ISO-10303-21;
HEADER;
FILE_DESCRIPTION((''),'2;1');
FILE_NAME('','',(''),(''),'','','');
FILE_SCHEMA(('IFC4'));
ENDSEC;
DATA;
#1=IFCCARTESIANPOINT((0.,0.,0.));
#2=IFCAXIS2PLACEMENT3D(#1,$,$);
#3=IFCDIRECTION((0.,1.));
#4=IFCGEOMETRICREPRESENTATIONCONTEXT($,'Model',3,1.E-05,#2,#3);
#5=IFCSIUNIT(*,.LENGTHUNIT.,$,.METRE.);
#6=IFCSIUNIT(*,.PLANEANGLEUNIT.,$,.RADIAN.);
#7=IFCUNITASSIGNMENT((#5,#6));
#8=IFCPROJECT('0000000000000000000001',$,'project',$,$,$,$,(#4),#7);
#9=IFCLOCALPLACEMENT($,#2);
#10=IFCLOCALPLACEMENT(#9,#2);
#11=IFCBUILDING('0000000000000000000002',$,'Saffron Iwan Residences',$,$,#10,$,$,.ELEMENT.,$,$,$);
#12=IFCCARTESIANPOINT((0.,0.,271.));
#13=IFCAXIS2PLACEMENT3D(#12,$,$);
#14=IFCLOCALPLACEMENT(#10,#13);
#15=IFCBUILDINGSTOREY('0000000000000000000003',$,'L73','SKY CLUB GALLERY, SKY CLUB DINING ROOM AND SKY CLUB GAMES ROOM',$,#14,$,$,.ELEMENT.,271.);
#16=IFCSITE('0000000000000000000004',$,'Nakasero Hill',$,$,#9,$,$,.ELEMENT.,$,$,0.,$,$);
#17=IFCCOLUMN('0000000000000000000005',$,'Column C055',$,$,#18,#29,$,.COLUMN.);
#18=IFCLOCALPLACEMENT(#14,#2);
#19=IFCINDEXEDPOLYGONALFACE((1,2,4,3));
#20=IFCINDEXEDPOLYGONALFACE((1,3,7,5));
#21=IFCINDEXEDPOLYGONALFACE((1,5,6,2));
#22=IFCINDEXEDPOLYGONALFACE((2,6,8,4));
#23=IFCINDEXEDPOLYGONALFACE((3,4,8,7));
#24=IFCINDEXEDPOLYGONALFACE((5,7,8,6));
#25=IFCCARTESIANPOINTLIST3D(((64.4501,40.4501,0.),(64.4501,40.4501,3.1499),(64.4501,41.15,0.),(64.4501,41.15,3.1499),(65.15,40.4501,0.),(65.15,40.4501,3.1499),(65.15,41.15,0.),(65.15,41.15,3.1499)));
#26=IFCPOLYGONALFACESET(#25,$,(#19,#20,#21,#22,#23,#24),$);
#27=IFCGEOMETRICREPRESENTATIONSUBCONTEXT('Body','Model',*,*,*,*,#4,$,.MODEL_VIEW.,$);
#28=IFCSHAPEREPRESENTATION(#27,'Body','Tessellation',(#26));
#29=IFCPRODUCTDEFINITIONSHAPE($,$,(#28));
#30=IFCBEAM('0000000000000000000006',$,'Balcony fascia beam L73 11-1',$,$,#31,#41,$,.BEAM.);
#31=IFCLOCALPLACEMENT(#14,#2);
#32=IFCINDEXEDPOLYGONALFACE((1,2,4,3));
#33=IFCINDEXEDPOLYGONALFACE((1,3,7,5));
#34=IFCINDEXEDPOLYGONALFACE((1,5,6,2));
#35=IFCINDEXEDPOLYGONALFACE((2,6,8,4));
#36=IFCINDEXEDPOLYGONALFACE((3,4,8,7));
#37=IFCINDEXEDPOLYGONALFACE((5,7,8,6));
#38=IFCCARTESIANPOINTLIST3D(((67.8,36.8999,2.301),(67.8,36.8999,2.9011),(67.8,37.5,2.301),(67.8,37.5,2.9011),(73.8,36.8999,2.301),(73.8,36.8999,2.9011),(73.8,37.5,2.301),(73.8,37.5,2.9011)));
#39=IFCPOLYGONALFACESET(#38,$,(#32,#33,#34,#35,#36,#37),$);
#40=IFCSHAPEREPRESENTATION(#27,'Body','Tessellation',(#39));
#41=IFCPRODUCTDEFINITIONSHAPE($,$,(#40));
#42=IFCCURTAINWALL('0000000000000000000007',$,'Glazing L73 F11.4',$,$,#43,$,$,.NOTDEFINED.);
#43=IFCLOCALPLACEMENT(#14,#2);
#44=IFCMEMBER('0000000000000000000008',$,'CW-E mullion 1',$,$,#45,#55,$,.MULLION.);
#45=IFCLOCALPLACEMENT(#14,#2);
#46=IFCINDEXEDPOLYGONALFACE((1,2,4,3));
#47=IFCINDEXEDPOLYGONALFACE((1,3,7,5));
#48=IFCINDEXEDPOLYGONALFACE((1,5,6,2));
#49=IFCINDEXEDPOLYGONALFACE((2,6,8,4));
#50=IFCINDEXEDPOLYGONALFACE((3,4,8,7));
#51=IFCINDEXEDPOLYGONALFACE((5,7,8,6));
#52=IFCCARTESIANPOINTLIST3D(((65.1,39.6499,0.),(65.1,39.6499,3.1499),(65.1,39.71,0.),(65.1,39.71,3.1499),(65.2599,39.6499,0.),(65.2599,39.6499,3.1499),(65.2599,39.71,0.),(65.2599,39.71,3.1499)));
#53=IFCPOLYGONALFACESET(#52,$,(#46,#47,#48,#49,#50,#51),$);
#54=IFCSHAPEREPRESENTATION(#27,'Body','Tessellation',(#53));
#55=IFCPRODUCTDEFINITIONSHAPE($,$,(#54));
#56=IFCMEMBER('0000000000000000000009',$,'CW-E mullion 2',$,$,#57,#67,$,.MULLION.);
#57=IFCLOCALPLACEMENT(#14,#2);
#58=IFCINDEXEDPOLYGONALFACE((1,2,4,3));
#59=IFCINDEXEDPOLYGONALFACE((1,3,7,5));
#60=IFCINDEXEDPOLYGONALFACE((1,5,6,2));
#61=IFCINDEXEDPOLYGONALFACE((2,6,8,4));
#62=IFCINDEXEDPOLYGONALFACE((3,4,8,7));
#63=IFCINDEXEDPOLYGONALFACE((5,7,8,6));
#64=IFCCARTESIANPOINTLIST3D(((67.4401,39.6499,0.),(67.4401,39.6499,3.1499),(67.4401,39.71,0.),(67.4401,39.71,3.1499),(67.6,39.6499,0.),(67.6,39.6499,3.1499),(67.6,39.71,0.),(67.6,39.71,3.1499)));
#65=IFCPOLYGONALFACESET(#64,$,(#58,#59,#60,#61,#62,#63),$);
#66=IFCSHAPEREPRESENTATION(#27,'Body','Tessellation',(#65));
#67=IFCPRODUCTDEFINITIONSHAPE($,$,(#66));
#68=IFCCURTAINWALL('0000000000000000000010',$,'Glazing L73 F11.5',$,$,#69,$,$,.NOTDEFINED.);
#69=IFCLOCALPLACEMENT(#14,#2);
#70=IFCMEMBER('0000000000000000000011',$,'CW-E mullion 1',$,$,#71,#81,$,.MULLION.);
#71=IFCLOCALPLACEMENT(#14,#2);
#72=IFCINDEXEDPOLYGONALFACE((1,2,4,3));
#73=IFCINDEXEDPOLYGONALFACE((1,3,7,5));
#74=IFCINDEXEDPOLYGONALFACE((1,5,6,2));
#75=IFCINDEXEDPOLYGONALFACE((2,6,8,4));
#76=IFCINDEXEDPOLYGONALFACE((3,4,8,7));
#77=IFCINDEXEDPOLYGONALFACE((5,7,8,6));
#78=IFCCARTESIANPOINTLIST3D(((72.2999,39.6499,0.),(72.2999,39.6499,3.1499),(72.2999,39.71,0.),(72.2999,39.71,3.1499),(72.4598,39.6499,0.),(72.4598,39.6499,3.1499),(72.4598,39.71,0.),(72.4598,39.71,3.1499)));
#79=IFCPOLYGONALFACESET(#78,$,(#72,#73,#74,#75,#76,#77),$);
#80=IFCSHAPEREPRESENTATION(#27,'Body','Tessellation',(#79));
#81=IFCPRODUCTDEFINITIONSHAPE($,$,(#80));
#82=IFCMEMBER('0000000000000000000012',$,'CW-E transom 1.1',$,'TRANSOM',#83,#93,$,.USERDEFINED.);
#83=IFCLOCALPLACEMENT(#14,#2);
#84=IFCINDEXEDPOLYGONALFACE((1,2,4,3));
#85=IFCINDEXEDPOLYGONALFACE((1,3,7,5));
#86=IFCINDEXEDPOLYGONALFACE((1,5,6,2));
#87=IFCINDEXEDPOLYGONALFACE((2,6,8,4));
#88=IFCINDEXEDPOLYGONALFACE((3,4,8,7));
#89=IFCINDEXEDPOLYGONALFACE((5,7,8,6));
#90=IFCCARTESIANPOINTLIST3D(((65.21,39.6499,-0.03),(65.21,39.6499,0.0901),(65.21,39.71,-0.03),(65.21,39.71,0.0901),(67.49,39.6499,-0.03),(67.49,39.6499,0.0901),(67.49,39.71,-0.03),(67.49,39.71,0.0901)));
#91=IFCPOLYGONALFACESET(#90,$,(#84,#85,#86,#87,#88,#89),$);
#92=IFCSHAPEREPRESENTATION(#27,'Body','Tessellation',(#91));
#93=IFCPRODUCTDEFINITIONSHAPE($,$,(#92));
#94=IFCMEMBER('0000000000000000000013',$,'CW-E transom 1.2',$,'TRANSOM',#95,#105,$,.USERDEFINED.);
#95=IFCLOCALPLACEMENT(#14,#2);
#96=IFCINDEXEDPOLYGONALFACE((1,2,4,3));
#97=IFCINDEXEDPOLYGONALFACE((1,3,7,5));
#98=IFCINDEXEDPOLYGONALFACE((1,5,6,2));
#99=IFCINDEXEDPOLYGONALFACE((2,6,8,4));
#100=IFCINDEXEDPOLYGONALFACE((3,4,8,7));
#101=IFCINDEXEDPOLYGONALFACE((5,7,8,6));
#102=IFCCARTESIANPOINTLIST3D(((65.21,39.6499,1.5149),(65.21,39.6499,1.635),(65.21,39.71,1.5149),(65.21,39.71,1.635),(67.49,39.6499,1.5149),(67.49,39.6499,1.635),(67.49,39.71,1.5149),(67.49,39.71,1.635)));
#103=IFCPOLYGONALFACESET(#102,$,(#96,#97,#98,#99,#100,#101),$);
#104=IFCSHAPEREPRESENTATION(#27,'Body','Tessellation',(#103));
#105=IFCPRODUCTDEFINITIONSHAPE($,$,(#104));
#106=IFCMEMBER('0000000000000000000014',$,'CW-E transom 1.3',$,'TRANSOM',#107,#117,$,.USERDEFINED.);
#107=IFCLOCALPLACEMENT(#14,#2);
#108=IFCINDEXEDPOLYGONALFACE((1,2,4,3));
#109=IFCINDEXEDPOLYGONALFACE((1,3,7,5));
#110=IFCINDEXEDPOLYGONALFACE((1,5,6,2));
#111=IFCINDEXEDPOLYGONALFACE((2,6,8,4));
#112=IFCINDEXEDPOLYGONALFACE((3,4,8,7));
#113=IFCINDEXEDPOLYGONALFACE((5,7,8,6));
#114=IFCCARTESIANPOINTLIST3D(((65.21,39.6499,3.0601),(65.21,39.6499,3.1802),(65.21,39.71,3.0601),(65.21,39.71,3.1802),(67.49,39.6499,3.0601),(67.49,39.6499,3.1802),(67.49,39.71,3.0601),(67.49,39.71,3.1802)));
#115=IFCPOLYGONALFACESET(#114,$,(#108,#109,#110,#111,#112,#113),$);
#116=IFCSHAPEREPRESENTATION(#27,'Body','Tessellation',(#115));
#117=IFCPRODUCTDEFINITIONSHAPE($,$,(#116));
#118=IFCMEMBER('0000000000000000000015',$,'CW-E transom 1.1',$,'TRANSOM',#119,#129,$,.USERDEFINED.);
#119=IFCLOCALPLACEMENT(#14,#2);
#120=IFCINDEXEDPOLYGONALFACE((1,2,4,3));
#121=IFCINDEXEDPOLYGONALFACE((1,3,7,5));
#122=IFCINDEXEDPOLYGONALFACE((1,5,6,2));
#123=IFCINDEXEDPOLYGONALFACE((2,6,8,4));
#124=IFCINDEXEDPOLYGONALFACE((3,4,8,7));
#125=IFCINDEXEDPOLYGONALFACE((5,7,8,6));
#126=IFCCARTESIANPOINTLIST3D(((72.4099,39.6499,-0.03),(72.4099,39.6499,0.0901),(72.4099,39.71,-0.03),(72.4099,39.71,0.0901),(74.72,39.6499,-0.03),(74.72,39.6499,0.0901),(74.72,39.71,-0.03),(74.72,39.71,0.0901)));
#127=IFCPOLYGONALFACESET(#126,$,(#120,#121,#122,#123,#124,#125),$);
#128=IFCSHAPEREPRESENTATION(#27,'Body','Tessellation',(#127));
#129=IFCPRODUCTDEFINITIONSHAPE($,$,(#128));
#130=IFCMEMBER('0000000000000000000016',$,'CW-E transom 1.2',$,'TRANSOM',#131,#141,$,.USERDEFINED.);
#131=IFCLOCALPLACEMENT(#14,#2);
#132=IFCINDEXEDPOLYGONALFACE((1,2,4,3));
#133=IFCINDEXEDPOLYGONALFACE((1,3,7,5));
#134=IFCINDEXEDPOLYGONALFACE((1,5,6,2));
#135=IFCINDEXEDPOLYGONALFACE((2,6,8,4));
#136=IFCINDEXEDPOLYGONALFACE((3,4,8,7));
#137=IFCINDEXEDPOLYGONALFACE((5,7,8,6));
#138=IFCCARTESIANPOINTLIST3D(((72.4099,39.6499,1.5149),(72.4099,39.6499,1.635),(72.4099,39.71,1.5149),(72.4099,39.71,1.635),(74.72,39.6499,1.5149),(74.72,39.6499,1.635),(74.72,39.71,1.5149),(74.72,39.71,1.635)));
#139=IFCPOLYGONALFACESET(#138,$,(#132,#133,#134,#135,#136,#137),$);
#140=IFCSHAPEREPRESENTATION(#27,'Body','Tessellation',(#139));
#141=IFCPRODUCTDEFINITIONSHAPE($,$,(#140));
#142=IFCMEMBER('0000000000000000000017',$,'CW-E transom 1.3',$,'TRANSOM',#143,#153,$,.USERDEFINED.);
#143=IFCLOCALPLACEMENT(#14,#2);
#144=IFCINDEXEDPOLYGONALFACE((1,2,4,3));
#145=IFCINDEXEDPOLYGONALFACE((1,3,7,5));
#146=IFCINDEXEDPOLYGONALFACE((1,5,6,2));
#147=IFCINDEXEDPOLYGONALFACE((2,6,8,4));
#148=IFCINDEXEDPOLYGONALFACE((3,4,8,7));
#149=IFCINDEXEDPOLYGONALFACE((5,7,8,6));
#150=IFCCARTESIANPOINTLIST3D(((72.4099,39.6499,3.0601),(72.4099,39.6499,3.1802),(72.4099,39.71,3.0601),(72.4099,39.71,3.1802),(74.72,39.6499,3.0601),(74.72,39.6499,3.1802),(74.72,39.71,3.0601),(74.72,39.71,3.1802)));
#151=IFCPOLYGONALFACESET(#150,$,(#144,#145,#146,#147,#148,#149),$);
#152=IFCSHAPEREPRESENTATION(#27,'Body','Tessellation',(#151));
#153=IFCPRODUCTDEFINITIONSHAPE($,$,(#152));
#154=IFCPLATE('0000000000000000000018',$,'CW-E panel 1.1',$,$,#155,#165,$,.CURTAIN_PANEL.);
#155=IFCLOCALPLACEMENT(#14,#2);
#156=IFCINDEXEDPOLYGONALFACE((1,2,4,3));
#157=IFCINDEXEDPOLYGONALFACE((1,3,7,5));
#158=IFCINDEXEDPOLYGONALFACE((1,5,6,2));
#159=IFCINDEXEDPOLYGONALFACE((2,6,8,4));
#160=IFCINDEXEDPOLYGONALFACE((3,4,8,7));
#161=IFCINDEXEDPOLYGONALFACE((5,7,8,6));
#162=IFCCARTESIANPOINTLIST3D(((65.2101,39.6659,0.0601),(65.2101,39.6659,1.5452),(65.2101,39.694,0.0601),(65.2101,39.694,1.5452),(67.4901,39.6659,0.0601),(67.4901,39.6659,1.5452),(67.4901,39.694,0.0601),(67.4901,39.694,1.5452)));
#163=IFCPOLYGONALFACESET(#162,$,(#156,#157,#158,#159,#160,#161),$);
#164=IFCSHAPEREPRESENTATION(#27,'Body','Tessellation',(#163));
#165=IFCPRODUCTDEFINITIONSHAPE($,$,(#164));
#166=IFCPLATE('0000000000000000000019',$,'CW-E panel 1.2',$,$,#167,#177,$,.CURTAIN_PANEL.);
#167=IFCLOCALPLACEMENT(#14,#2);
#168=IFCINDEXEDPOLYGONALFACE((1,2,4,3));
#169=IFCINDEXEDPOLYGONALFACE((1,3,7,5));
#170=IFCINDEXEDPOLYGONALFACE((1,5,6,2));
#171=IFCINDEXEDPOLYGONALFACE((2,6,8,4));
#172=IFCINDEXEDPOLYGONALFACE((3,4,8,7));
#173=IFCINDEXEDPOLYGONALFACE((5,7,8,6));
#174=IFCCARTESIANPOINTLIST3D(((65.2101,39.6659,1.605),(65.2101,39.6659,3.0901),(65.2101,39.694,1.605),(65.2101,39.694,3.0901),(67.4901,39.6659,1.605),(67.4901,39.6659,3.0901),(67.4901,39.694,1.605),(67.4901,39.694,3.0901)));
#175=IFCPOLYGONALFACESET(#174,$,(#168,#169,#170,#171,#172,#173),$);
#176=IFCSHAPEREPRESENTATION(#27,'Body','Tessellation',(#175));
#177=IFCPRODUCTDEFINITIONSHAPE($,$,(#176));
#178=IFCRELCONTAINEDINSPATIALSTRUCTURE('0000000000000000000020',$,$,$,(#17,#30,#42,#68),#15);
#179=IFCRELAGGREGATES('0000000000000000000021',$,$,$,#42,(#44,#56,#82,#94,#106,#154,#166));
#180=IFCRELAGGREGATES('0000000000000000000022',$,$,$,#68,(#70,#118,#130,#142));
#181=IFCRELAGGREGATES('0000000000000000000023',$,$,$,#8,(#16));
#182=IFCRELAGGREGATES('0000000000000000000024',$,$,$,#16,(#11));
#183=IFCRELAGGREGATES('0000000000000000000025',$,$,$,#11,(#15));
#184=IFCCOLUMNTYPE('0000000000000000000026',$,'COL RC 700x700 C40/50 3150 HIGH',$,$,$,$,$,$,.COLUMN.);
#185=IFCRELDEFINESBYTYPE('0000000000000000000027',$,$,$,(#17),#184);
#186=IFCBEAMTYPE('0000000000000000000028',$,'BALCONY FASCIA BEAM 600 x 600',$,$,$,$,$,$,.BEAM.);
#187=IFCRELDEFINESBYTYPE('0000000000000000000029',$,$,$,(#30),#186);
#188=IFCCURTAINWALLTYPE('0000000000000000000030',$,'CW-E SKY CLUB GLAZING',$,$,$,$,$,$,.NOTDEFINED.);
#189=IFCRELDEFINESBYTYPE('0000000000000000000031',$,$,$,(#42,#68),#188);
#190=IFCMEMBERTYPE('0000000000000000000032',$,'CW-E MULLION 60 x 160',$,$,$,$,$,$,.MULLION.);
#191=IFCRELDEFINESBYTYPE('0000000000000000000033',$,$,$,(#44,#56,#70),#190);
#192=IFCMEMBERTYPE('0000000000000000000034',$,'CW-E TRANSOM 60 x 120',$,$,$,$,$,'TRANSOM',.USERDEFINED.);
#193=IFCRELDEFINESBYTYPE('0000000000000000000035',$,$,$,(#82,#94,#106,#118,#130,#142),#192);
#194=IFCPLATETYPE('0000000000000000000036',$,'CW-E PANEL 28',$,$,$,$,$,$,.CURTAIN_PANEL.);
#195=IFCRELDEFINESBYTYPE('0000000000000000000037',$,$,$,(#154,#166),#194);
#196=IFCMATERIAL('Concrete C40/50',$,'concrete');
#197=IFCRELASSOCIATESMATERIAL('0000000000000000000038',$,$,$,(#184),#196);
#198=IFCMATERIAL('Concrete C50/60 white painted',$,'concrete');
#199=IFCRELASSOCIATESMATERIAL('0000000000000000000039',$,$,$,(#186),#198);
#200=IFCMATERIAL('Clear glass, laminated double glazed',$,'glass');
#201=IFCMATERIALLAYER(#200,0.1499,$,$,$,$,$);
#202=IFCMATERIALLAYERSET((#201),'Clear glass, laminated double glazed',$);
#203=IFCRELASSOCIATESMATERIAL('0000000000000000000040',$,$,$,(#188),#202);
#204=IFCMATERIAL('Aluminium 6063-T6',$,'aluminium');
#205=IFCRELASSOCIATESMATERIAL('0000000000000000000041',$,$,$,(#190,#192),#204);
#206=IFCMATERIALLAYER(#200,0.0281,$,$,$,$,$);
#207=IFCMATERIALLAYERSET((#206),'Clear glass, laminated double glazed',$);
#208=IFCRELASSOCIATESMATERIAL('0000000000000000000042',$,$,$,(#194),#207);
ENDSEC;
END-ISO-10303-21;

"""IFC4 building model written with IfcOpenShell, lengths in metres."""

from ifc_helpers import new_model, si_unit, direction, frame, origin, origin_2d, place, context, subcontext, project, spatial, rectangle, extrude, source, transform, mapped, material, layer, layer_set, material_profile, profile_set, type_object, element, aggregate, save


model = new_model("IFC4")

# Units and contexts
model_context = context("Model", 3, precision=1e-05, world=origin(), true_north=direction((0.0, 1.0)))
body_context = subcontext(model_context, "Body", "Model", "MODEL_VIEW")
ifc_project = project(units=[si_unit("LENGTHUNIT", "METRE"), si_unit("PLANEANGLEUNIT", "RADIAN")], contexts=[model_context])

# Site, building, storey
site_placement = place(None, origin())
site = spatial("IfcSite", under=ifc_project, at=site_placement, Name="Nakasero Hill", CompositionType="ELEMENT", RefElevation=0.0)
building_placement = place(site_placement, origin())
building = spatial("IfcBuilding", under=site, at=building_placement, Name="Saffron Iwan Residences", CompositionType="ELEMENT")
storey_placement = place(building_placement, frame((0.0, 0.0, 271.0)))
storey = spatial("IfcBuildingStorey", under=building, at=storey_placement, Name="L73", Description="SKY CLUB GALLERY, SKY CLUB DINING ROOM AND SKY CLUB GAMES ROOM", CompositionType="ELEMENT", Elevation=271.0)

# Column
ifc_material_1 = material(Name="Concrete C40/50", Category="concrete")
ifc_material_profile_1 = material_profile(ifc_material_1, rectangle(XDim=0.7, YDim=0.7, at=origin_2d()), Name="RC 700x700")
ifc_profile_set_1 = profile_set([ifc_material_profile_1], Name="Concrete C40/50")
column_type = type_object("IfcColumnType", Name="COL RC 700x700 C40/50 3150 HIGH", PredefinedType="COLUMN", material=ifc_profile_set_1)
shared_shape_1 = source(origin(), body_context, "Body", "SweptSolid", [
    extrude(rectangle(XDim=0.7, YDim=0.7, at=origin_2d()), origin(), (0.0, 0.0, 1.0), 3.1499),
])
column_placement = place(storey_placement, frame((64.8, 40.8, 0.0), z_axis=(0.0, 0.0, 1.0), x_axis=(1.0, 0.0, 0.0)))
element("IfcColumn", 1, at=column_placement, inside=storey, type_object=column_type, Name="Column C055", PredefinedType="COLUMN", context=body_context, shape_type="MappedRepresentation", body=[
    mapped(shared_shape_1, transform((0.0, 0.0, 0.0))),
])

# Beam
ifc_material_2 = material(Name="Concrete C50/60 white painted", Category="concrete")
ifc_material_profile_2 = material_profile(ifc_material_2, rectangle(XDim=0.6001, YDim=0.6001, at=origin_2d()), Name="BALCONY FASCIA BEAM 600 x 600")
ifc_profile_set_2 = profile_set([ifc_material_profile_2], Name="Concrete C50/60 white painted")
beam_type = type_object("IfcBeamType", Name="BALCONY FASCIA BEAM 600 x 600", PredefinedType="BEAM", material=ifc_profile_set_2)
shared_shape_2 = source(origin(), body_context, "Body", "SweptSolid", [
    extrude(rectangle(XDim=0.6001, YDim=0.6001, at=origin_2d()), origin(), (0.0, 0.0, 1.0), 6.0),
])
beam_placement = place(storey_placement, frame((67.8, 37.2, 2.6011), z_axis=(1.0, 0.0, 0.0), x_axis=(0.0, 1.0, 0.0)))
element("IfcBeam", 2, at=beam_placement, inside=storey, type_object=beam_type, Name="Balcony fascia beam L73 11-1", PredefinedType="BEAM", context=body_context, shape_type="MappedRepresentation", body=[
    mapped(shared_shape_2, transform((0.0, 0.0, 0.0))),
])

# Curtain wall, members
ifc_material_3 = material(Name="Clear glass, laminated double glazed", Category="glass")
ifc_layer_1 = layer(ifc_material_3, 0.1499)
ifc_layer_set_1 = layer_set([ifc_layer_1], Name="Clear glass, laminated double glazed")
curtain_wall_type = type_object("IfcCurtainWallType", Name="CW-E SKY CLUB GLAZING", PredefinedType="NOTDEFINED", material=ifc_layer_set_1)
curtain_wall_1_placement = place(storey_placement, origin())
curtain_wall_1 = element("IfcCurtainWall", 3, at=curtain_wall_1_placement, inside=storey, type_object=curtain_wall_type, Name="Glazing L73 F11.4", PredefinedType="NOTDEFINED")
ifc_material_4 = material(Name="Aluminium 6063-T6", Category="aluminium")
ifc_material_profile_3 = material_profile(ifc_material_4, rectangle(XDim=0.0601, YDim=0.1599, at=origin_2d()), Name="CW-E MULLION 60 x 160")
ifc_profile_set_3 = profile_set([ifc_material_profile_3], Name="Aluminium 6063-T6")
member_type_1 = type_object("IfcMemberType", Name="CW-E MULLION 60 x 160", PredefinedType="MULLION", material=ifc_profile_set_3)
shared_shape_3 = source(origin(), body_context, "Body", "SweptSolid", [
    extrude(rectangle(XDim=0.0601, YDim=0.1599, at=origin_2d()), origin(), (0.0, 0.0, 1.0), 3.1499),
])
member_1_placement = place(storey_placement, frame((65.1799, 39.6799, 0.0), z_axis=(0.0, 0.0, 1.0), x_axis=(0.0, 1.0, 0.0)))
member_1 = element("IfcMember", 4, at=member_1_placement, type_object=member_type_1, Name="CW-E mullion 1", PredefinedType="MULLION", context=body_context, shape_type="MappedRepresentation", body=[
    mapped(shared_shape_3, transform((0.0, 0.0, 0.0))),
])
member_2_placement = place(storey_placement, frame((67.52, 39.6799, 0.0), z_axis=(0.0, 0.0, 1.0), x_axis=(0.0, 1.0, 0.0)))
member_2 = element("IfcMember", 5, at=member_2_placement, type_object=member_type_1, Name="CW-E mullion 2", PredefinedType="MULLION", context=body_context, shape_type="MappedRepresentation", body=[
    mapped(shared_shape_3, transform((0.0, 0.0, 0.0))),
])

# Curtain wall, member
curtain_wall_2_placement = place(storey_placement, origin())
curtain_wall_2 = element("IfcCurtainWall", 6, at=curtain_wall_2_placement, inside=storey, type_object=curtain_wall_type, Name="Glazing L73 F11.5", PredefinedType="NOTDEFINED")
member_3_placement = place(storey_placement, frame((72.3799, 39.6799, 0.0), z_axis=(0.0, 0.0, 1.0), x_axis=(0.0, 1.0, 0.0)))
member_3 = element("IfcMember", 7, at=member_3_placement, type_object=member_type_1, Name="CW-E mullion 1", PredefinedType="MULLION", context=body_context, shape_type="MappedRepresentation", body=[
    mapped(shared_shape_3, transform((0.0, 0.0, 0.0))),
])

# Members
ifc_material_profile_4 = material_profile(ifc_material_4, rectangle(XDim=0.0601, YDim=0.1201, at=origin_2d()), Name="CW-E TRANSOM 60 x 120")
ifc_profile_set_4 = profile_set([ifc_material_profile_4], Name="Aluminium 6063-T6")
member_type_2 = type_object("IfcMemberType", Name="CW-E TRANSOM 60 x 120", ElementType="TRANSOM", PredefinedType="USERDEFINED", material=ifc_profile_set_4)
shared_shape_4 = source(origin(), body_context, "Body", "SweptSolid", [
    extrude(rectangle(XDim=0.0601, YDim=0.1201, at=origin_2d()), origin(), (0.0, 0.0, 1.0), 2.28),
])
member_4_placement = place(storey_placement, frame((65.21, 39.6799, 0.03), z_axis=(1.0, 0.0, 0.0), x_axis=(0.0, 1.0, 0.0)))
member_4 = element("IfcMember", 8, at=member_4_placement, type_object=member_type_2, Name="CW-E transom 1.1", ObjectType="TRANSOM", PredefinedType="USERDEFINED", context=body_context, shape_type="MappedRepresentation", body=[
    mapped(shared_shape_4, transform((0.0, 0.0, 0.0))),
])
member_5_placement = place(storey_placement, frame((65.21, 39.6799, 1.575), z_axis=(1.0, 0.0, 0.0), x_axis=(0.0, 1.0, 0.0)))
member_5 = element("IfcMember", 9, at=member_5_placement, type_object=member_type_2, Name="CW-E transom 1.2", ObjectType="TRANSOM", PredefinedType="USERDEFINED", context=body_context, shape_type="MappedRepresentation", body=[
    mapped(shared_shape_4, transform((0.0, 0.0, 0.0))),
])
member_6_placement = place(storey_placement, frame((65.21, 39.6799, 3.1201), z_axis=(1.0, 0.0, 0.0), x_axis=(0.0, 1.0, 0.0)))
member_6 = element("IfcMember", 10, at=member_6_placement, type_object=member_type_2, Name="CW-E transom 1.3", ObjectType="TRANSOM", PredefinedType="USERDEFINED", context=body_context, shape_type="MappedRepresentation", body=[
    mapped(shared_shape_4, transform((0.0, 0.0, 0.0))),
])
shared_shape_5 = source(origin(), body_context, "Body", "SweptSolid", [
    extrude(rectangle(XDim=0.0601, YDim=0.1201, at=origin_2d()), origin(), (0.0, 0.0, 1.0), 2.3101),
])
member_7_placement = place(storey_placement, frame((72.4099, 39.6799, 0.03), z_axis=(1.0, 0.0, 0.0), x_axis=(0.0, 1.0, 0.0)))
member_7 = element("IfcMember", 11, at=member_7_placement, type_object=member_type_2, Name="CW-E transom 1.1", ObjectType="TRANSOM", PredefinedType="USERDEFINED", context=body_context, shape_type="MappedRepresentation", body=[
    mapped(shared_shape_5, transform((0.0, 0.0, 0.0))),
])
member_8_placement = place(storey_placement, frame((72.4099, 39.6799, 1.575), z_axis=(1.0, 0.0, 0.0), x_axis=(0.0, 1.0, 0.0)))
member_8 = element("IfcMember", 12, at=member_8_placement, type_object=member_type_2, Name="CW-E transom 1.2", ObjectType="TRANSOM", PredefinedType="USERDEFINED", context=body_context, shape_type="MappedRepresentation", body=[
    mapped(shared_shape_5, transform((0.0, 0.0, 0.0))),
])
member_9_placement = place(storey_placement, frame((72.4099, 39.6799, 3.1201), z_axis=(1.0, 0.0, 0.0), x_axis=(0.0, 1.0, 0.0)))
member_9 = element("IfcMember", 13, at=member_9_placement, type_object=member_type_2, Name="CW-E transom 1.3", ObjectType="TRANSOM", PredefinedType="USERDEFINED", context=body_context, shape_type="MappedRepresentation", body=[
    mapped(shared_shape_5, transform((0.0, 0.0, 0.0))),
])

# Plates
ifc_layer_2 = layer(ifc_material_3, 0.0281)
ifc_layer_set_2 = layer_set([ifc_layer_2], Name="Clear glass, laminated double glazed")
plate_type = type_object("IfcPlateType", Name="CW-E PANEL 28", PredefinedType="CURTAIN_PANEL", material=ifc_layer_set_2)
shared_shape_6 = source(origin(), body_context, "Body", "SweptSolid", [
    extrude(rectangle(XDim=2.28, YDim=0.0281, at=origin_2d()), origin(), (0.0, 0.0, 1.0), 1.4851),
])
plate_1_placement = place(storey_placement, frame((66.3501, 39.6799, 0.0601), z_axis=(0.0, 0.0, 1.0), x_axis=(1.0, 0.0, 0.0)))
plate_1 = element("IfcPlate", 14, at=plate_1_placement, type_object=plate_type, Name="CW-E panel 1.1", PredefinedType="CURTAIN_PANEL", context=body_context, shape_type="MappedRepresentation", body=[
    mapped(shared_shape_6, transform((0.0, 0.0, 0.0))),
])
plate_2_placement = place(storey_placement, frame((66.3501, 39.6799, 1.605), z_axis=(0.0, 0.0, 1.0), x_axis=(1.0, 0.0, 0.0)))
plate_2 = element("IfcPlate", 15, at=plate_2_placement, type_object=plate_type, Name="CW-E panel 1.2", PredefinedType="CURTAIN_PANEL", context=body_context, shape_type="MappedRepresentation", body=[
    mapped(shared_shape_6, transform((0.0, 0.0, 0.0))),
])
aggregate(curtain_wall_1, [member_1, member_2, member_4, member_5, member_6, plate_1, plate_2])
aggregate(curtain_wall_2, [member_3, member_7, member_8, member_9])

save(model, "model.ifc")
